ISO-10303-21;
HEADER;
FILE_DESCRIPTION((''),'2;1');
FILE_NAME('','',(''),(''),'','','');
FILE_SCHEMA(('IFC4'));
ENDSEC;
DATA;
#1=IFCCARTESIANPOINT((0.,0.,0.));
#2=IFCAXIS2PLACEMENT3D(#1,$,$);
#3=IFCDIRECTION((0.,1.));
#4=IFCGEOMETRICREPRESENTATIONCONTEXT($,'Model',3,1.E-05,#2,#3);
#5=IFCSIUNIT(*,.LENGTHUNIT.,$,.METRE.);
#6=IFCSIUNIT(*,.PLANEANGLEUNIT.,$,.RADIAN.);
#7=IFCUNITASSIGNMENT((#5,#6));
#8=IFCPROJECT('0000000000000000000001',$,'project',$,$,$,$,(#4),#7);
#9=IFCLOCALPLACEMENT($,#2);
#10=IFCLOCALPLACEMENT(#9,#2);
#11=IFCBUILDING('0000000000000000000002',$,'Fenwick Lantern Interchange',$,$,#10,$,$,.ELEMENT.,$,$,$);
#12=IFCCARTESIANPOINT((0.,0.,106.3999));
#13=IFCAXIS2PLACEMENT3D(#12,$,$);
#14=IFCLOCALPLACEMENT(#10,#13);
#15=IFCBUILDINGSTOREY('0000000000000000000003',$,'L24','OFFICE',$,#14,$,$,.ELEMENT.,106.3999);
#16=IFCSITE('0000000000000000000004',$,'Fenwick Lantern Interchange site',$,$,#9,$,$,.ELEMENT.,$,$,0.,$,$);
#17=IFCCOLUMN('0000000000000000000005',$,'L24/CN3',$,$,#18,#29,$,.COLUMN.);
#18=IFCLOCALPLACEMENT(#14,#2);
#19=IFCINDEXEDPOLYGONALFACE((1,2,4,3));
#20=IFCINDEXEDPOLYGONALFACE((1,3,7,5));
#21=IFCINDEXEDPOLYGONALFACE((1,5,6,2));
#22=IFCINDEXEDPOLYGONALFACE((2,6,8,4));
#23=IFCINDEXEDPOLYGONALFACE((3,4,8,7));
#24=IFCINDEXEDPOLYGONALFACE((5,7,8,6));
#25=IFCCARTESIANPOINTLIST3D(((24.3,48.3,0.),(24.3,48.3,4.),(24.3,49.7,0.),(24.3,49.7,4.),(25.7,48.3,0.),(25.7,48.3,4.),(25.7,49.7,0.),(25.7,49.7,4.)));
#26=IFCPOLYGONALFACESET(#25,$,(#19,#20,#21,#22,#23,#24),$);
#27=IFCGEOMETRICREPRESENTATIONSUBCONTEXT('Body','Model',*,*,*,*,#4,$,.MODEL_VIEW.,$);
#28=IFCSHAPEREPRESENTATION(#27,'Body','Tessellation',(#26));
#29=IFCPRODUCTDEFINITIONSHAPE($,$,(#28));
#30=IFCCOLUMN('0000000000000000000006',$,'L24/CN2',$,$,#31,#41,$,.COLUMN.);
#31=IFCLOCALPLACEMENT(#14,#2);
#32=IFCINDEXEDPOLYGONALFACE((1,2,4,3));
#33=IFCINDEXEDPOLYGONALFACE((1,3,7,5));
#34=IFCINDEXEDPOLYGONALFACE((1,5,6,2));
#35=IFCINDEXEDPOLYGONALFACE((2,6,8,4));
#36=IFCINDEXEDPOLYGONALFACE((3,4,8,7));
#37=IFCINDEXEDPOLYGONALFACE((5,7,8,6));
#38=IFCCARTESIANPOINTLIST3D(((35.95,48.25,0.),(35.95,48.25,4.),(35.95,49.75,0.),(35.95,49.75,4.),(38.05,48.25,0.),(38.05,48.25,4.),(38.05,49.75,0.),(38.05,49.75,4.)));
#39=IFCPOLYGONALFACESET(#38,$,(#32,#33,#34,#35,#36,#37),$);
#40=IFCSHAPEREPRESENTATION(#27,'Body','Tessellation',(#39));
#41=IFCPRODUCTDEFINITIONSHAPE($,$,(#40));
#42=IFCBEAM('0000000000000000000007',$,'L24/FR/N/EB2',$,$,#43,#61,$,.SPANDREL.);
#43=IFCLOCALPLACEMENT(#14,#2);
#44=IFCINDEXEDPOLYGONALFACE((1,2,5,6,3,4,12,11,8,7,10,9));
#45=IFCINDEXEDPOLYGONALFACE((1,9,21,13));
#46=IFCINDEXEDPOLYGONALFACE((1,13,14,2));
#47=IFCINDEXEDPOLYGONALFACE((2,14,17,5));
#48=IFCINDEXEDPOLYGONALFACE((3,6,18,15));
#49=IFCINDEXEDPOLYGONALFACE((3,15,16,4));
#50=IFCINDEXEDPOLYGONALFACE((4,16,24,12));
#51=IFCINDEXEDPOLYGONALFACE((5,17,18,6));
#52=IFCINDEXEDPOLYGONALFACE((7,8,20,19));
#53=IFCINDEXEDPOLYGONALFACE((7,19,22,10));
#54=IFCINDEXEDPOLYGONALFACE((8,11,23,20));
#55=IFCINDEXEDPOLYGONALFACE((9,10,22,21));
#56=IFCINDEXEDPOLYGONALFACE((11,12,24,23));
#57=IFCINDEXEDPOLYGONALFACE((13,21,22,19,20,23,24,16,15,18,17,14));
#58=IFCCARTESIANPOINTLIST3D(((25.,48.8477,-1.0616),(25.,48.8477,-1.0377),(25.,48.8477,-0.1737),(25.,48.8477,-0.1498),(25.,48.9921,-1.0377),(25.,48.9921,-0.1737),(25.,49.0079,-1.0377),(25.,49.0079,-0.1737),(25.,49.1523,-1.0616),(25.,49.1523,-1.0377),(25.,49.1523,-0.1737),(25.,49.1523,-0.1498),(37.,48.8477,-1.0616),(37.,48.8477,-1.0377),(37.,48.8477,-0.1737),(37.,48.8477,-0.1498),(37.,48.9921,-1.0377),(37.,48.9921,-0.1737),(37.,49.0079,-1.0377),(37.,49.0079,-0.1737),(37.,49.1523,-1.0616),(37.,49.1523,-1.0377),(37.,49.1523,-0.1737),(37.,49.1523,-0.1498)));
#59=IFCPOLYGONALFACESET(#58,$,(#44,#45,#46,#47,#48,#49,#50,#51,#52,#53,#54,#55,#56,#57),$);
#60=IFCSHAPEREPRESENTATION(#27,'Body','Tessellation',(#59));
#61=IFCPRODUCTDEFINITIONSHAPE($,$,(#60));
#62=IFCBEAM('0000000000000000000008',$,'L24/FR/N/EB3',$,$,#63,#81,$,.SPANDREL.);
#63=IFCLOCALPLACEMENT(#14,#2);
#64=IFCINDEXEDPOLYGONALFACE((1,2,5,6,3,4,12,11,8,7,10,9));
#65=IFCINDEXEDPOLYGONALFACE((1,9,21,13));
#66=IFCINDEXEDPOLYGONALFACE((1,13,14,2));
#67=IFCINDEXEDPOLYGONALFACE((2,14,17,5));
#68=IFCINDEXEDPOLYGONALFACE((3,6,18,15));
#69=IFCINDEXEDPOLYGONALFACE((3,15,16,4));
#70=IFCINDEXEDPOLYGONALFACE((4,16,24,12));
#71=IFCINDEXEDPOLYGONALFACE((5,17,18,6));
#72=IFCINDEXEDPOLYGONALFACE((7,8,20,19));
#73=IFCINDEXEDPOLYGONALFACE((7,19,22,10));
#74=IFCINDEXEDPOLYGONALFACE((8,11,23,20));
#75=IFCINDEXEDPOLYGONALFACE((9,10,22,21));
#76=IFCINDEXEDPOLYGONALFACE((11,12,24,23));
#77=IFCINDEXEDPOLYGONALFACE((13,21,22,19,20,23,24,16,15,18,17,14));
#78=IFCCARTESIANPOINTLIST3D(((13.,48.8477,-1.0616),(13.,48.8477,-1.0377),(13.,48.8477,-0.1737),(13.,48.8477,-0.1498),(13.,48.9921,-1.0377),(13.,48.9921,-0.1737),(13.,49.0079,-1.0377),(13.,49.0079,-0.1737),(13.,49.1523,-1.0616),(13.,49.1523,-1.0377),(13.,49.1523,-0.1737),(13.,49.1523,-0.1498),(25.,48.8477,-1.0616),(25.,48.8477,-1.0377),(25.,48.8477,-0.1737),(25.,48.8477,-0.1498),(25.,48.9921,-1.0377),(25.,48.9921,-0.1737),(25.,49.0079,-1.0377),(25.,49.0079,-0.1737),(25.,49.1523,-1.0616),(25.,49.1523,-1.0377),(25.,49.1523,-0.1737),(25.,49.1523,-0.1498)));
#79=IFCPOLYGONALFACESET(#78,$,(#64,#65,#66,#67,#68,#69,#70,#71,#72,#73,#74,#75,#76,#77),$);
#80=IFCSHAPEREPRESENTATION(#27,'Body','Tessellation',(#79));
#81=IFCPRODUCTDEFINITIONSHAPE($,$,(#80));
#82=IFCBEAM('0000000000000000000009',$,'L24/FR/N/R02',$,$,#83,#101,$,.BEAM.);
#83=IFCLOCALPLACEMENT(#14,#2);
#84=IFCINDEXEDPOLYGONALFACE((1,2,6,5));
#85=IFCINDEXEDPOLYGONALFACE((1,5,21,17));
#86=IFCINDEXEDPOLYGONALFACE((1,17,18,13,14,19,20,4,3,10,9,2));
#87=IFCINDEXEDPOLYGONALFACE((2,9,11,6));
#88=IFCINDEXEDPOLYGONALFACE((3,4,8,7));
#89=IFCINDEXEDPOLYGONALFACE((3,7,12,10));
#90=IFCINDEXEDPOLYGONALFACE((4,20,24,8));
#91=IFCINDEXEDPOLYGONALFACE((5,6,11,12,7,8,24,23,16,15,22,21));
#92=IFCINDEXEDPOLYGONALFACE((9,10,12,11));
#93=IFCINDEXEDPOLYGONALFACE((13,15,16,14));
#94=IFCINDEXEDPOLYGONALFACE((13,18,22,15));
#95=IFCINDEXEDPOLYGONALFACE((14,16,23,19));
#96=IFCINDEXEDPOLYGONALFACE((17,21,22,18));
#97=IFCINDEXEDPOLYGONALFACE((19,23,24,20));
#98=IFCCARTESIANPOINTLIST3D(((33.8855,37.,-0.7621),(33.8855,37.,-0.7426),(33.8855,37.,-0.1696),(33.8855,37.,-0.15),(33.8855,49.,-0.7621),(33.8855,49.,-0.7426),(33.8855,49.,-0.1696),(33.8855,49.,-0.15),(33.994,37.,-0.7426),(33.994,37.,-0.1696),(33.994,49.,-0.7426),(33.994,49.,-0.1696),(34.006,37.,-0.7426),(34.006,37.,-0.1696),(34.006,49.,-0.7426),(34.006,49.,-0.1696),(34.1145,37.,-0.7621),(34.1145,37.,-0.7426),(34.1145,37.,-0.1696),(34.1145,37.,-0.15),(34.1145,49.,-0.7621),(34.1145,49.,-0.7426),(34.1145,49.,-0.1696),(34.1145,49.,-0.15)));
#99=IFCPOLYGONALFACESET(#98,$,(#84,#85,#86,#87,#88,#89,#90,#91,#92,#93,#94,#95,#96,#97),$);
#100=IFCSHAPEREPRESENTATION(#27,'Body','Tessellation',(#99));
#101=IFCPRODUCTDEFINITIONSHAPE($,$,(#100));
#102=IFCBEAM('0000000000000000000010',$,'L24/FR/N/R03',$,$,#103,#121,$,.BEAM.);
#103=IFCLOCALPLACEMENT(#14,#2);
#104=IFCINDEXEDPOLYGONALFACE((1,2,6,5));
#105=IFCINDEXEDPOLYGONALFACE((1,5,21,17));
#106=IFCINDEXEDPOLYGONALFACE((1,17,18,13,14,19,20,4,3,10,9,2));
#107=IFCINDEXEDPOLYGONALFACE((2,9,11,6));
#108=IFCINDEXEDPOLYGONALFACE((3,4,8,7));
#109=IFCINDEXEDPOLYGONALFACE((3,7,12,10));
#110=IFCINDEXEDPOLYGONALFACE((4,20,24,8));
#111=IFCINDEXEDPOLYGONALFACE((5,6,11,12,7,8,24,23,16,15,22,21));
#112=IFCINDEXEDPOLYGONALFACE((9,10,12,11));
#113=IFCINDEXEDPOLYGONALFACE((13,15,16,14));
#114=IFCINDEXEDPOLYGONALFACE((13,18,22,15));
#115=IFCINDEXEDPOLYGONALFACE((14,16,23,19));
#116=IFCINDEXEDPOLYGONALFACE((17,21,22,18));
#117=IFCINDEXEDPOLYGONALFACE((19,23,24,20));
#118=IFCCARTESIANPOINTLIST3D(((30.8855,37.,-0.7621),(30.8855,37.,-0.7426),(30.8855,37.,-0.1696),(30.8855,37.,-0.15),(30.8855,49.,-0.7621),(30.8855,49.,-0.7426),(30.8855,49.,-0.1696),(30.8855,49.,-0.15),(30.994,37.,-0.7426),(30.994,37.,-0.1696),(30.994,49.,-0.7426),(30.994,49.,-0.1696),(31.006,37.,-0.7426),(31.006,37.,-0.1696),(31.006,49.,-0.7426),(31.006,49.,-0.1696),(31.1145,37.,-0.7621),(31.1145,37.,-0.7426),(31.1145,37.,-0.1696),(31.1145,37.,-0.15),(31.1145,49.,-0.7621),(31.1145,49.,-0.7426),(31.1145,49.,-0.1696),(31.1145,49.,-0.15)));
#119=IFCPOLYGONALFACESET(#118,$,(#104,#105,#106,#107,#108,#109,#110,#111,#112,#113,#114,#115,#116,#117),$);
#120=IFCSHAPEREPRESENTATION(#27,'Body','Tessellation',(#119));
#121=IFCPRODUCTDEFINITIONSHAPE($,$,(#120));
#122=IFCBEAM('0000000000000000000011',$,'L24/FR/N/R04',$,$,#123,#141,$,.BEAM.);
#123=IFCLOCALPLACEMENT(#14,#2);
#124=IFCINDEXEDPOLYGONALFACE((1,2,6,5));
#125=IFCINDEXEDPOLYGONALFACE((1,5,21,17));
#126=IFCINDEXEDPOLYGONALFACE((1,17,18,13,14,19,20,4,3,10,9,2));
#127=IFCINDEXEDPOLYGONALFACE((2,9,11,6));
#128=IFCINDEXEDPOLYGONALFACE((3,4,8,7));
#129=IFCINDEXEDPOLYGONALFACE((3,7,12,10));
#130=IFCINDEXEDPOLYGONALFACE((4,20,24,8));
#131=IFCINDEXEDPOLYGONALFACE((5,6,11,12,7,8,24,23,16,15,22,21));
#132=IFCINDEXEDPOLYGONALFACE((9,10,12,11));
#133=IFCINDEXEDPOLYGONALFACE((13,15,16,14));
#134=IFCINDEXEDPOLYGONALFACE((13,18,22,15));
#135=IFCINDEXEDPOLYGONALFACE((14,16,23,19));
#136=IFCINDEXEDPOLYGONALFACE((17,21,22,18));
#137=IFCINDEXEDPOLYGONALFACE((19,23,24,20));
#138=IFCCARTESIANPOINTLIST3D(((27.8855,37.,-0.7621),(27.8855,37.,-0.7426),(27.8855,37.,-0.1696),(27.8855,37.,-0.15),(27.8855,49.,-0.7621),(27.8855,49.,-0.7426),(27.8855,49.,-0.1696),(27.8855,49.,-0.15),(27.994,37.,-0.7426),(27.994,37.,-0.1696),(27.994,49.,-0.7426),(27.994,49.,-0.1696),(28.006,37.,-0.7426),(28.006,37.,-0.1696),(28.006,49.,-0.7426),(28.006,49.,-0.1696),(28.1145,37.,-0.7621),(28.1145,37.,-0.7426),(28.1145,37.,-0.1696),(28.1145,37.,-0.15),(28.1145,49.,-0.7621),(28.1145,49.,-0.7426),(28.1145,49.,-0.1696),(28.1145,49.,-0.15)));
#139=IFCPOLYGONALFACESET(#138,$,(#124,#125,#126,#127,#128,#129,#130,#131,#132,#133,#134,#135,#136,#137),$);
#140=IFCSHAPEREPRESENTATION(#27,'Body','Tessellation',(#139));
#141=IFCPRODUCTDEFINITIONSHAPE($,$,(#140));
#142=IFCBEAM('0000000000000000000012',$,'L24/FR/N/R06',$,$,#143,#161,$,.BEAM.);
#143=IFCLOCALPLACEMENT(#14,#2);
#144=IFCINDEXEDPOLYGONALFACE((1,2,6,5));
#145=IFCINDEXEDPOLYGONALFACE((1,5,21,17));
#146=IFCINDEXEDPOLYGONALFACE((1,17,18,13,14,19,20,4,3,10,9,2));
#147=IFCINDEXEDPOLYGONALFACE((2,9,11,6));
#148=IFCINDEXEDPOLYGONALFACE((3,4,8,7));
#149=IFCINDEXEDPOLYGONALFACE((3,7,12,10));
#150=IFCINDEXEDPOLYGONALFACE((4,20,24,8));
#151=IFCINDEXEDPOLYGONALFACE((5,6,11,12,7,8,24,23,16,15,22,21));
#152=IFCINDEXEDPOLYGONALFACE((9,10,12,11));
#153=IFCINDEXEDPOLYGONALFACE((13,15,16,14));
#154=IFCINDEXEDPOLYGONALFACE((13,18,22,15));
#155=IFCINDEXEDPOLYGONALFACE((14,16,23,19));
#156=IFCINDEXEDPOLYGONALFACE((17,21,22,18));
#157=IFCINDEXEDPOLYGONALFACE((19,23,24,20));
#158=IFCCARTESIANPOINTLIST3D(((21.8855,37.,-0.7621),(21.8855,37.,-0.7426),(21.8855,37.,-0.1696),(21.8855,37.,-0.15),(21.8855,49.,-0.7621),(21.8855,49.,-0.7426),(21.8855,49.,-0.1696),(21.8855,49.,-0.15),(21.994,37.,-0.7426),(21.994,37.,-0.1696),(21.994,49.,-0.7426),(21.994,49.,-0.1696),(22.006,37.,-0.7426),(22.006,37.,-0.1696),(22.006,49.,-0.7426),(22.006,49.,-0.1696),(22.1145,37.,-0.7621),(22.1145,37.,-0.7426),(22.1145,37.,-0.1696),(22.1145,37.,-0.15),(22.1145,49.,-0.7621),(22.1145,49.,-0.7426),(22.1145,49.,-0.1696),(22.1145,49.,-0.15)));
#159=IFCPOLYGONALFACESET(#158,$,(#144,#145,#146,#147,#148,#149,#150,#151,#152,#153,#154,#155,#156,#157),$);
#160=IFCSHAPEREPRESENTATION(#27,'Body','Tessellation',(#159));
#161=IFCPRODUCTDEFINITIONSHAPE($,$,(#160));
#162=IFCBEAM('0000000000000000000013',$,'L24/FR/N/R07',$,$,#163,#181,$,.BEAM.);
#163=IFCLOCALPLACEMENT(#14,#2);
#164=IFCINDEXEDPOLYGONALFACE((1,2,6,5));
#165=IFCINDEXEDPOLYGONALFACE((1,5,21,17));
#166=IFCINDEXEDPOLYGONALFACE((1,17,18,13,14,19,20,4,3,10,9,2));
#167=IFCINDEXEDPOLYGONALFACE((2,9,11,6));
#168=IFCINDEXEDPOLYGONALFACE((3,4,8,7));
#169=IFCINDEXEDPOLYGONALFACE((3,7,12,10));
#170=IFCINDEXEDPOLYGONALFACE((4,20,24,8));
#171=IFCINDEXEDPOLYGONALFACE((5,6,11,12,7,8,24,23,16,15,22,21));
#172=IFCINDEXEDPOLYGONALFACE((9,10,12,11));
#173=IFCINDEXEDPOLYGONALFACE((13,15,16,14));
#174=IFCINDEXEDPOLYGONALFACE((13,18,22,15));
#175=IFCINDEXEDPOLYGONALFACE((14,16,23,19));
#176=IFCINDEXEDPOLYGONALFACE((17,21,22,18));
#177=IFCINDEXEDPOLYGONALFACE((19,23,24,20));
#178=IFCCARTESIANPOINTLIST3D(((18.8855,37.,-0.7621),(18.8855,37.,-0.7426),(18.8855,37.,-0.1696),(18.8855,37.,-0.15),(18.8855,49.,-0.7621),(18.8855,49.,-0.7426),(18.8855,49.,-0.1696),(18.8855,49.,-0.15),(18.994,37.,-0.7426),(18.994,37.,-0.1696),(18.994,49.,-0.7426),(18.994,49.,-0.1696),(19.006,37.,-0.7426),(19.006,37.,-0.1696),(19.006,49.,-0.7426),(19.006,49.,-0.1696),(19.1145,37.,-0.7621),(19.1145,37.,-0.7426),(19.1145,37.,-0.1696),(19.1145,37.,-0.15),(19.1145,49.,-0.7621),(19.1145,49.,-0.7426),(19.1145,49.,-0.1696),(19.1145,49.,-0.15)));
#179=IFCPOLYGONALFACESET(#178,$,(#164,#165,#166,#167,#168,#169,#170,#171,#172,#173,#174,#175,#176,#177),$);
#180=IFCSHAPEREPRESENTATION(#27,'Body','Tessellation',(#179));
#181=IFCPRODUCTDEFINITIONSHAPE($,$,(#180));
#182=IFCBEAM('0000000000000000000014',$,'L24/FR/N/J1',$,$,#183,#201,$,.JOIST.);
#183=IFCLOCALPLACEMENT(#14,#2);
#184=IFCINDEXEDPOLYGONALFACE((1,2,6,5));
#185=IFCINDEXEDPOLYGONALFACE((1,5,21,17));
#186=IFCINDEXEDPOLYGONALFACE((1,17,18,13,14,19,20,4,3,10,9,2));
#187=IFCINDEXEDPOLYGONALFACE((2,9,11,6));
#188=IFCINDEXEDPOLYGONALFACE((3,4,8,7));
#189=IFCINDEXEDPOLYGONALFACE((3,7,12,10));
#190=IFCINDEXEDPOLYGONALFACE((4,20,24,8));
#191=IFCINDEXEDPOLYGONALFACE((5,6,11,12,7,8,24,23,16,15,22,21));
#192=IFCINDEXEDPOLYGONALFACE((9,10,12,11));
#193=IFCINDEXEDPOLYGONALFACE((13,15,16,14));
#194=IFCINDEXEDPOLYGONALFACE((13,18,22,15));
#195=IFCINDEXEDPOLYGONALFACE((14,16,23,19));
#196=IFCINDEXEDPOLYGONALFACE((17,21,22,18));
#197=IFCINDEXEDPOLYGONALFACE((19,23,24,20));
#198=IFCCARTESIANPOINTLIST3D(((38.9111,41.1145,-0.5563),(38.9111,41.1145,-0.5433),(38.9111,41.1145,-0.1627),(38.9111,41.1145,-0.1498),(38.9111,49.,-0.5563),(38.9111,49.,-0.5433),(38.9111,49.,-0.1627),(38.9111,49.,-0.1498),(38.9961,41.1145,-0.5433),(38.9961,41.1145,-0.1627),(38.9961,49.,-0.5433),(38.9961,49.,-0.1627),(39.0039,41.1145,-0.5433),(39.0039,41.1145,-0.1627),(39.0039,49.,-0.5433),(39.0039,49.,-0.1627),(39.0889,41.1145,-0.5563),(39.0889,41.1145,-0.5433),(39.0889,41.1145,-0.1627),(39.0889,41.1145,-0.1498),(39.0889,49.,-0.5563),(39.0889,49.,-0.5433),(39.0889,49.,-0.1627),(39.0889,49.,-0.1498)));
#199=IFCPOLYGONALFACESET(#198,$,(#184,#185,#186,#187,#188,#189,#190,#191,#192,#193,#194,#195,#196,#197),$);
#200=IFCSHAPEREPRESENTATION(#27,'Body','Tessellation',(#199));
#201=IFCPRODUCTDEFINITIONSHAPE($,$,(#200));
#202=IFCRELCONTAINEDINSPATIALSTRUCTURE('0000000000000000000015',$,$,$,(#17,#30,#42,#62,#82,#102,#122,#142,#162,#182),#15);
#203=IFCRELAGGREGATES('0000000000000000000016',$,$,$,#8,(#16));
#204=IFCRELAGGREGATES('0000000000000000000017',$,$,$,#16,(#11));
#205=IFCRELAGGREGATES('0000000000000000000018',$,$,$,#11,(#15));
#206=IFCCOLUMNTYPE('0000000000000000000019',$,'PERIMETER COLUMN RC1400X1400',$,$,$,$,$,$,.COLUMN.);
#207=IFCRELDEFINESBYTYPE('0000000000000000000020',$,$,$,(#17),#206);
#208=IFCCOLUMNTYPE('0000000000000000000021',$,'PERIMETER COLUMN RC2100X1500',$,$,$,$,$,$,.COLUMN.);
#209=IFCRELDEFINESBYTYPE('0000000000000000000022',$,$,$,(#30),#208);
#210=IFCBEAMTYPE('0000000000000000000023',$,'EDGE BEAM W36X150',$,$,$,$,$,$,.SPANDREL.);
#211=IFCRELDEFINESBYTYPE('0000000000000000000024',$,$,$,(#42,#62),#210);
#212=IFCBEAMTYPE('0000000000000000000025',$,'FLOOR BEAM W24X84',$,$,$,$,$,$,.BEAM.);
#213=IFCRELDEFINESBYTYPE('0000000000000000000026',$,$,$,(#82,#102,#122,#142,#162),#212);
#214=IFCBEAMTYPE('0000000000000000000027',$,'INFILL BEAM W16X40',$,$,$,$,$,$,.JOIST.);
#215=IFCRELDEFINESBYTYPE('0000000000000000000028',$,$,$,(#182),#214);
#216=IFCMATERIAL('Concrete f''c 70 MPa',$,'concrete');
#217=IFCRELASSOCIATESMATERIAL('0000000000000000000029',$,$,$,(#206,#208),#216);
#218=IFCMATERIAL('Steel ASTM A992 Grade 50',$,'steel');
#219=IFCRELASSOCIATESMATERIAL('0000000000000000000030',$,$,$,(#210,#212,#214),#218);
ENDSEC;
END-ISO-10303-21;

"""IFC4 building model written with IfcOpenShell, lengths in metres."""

from ifc_helpers import new_model, si_unit, direction, frame, origin, origin_2d, place, context, subcontext, project, spatial, rectangle, i_section, extrude, material, material_profile, profile_set, type_object, element, save


model = new_model("IFC4")

# Units and contexts
model_context = context("Model", 3, precision=1e-05, world=origin(), true_north=direction((0.0, 1.0)))
body_context = subcontext(model_context, "Body", "Model", "MODEL_VIEW")
ifc_project = project(units=[si_unit("LENGTHUNIT", "METRE"), si_unit("PLANEANGLEUNIT", "RADIAN")], contexts=[model_context])

# Site, building, storey
site_placement = place(None, origin())
site = spatial("IfcSite", under=ifc_project, at=site_placement, Name="Fenwick Lantern Interchange site", CompositionType="ELEMENT", RefElevation=0.0)
building_placement = place(site_placement, origin())
building = spatial("IfcBuilding", under=site, at=building_placement, Name="Fenwick Lantern Interchange", CompositionType="ELEMENT")
storey_placement = place(building_placement, frame((0.0, 0.0, 106.3999)))
storey = spatial("IfcBuildingStorey", under=building, at=storey_placement, Name="L24", Description="OFFICE", CompositionType="ELEMENT", Elevation=106.3999)

# Columns
ifc_material_1 = material(Name="Concrete f'c 70 MPa", Category="concrete")
ifc_material_profile_1 = material_profile(ifc_material_1, rectangle(XDim=1.3999, YDim=1.3999, at=origin_2d()), Name="RC1400X1400")
ifc_profile_set_1 = profile_set([ifc_material_profile_1], Name="Concrete f'c 70 MPa")
column_type_1 = type_object("IfcColumnType", Name="PERIMETER COLUMN RC1400X1400", PredefinedType="COLUMN", material=ifc_profile_set_1)
column_1_placement = place(storey_placement, frame((25.0, 49.0, 0.0), z_axis=(0.0, 0.0, 1.0), x_axis=(1.0, 0.0, 0.0)))
element("IfcColumn", 1, at=column_1_placement, inside=storey, type_object=column_type_1, Name="L24/CN3", PredefinedType="COLUMN", context=body_context, shape_type="SweptSolid", body=[
    extrude(rectangle(XDim=1.3999, YDim=1.3999, at=origin_2d()), origin(), (0.0, 0.0, 1.0), 4.0),
])
ifc_material_profile_2 = material_profile(ifc_material_1, rectangle(XDim=2.1001, YDim=1.5, at=origin_2d()), Name="RC2100X1500")
ifc_profile_set_2 = profile_set([ifc_material_profile_2], Name="Concrete f'c 70 MPa")
column_type_2 = type_object("IfcColumnType", Name="PERIMETER COLUMN RC2100X1500", PredefinedType="COLUMN", material=ifc_profile_set_2)
column_2_placement = place(storey_placement, frame((37.0, 49.0, 0.0), z_axis=(0.0, 0.0, 1.0), x_axis=(1.0, 0.0, 0.0)))
element("IfcColumn", 2, at=column_2_placement, inside=storey, type_object=column_type_2, Name="L24/CN2", PredefinedType="COLUMN", context=body_context, shape_type="SweptSolid", body=[
    extrude(rectangle(XDim=2.1001, YDim=1.5, at=origin_2d()), origin(), (0.0, 0.0, 1.0), 4.0),
])

# Beams
ifc_material_2 = material(Name="Steel ASTM A992 Grade 50", Category="steel")
ifc_material_profile_3 = material_profile(ifc_material_2, i_section(OverallWidth=0.3047, OverallDepth=0.9119, WebThickness=0.0159, FlangeThickness=0.0239, at=origin_2d()), Name="W36X150")
ifc_profile_set_3 = profile_set([ifc_material_profile_3], Name="Steel ASTM A992 Grade 50")
beam_type_1 = type_object("IfcBeamType", Name="EDGE BEAM W36X150", PredefinedType="SPANDREL", material=ifc_profile_set_3)
for number, where, z_axis, x_axis, name in (
    (3, (37.0, 49.0, -0.6057), (-1.0, 0.0, 0.0), (0.0, -1.0, 0.0), "L24/FR/N/EB2"),
    (4, (25.0, 49.0, -0.6057), (-1.0, 0.0, 0.0), (0.0, -1.0, 0.0), "L24/FR/N/EB3"),
):
    element("IfcBeam", number, at=place(storey_placement, frame(where, z_axis=z_axis, x_axis=x_axis)), inside=storey, type_object=beam_type_1, Name=name, PredefinedType="SPANDREL", context=body_context, shape_type="SweptSolid", body=[
        extrude(i_section(OverallWidth=0.3047, OverallDepth=0.9119, WebThickness=0.0159, FlangeThickness=0.0239, at=origin_2d()), origin(), (0.0, 0.0, 1.0), 12.0),
    ])
ifc_material_profile_4 = material_profile(ifc_material_2, i_section(OverallWidth=0.229, OverallDepth=0.6121, WebThickness=0.012, FlangeThickness=0.0195, at=origin_2d()), Name="W24X84")
ifc_profile_set_4 = profile_set([ifc_material_profile_4], Name="Steel ASTM A992 Grade 50")
beam_type_2 = type_object("IfcBeamType", Name="FLOOR BEAM W24X84", PredefinedType="BEAM", material=ifc_profile_set_4)
for number, where, z_axis, x_axis, name in (
    (5, (34.0, 49.0, -0.4561), (0.0, -1.0, 0.0), (1.0, 0.0, 0.0), "L24/FR/N/R02"),
    (6, (31.0, 49.0, -0.4561), (0.0, -1.0, 0.0), (1.0, 0.0, 0.0), "L24/FR/N/R03"),
    (7, (28.0, 49.0, -0.4561), (0.0, -1.0, 0.0), (1.0, 0.0, 0.0), "L24/FR/N/R04"),
    (8, (22.0, 49.0, -0.4561), (0.0, -1.0, 0.0), (1.0, 0.0, 0.0), "L24/FR/N/R06"),
    (9, (19.0, 49.0, -0.4561), (0.0, -1.0, 0.0), (1.0, 0.0, 0.0), "L24/FR/N/R07"),
):
    element("IfcBeam", number, at=place(storey_placement, frame(where, z_axis=z_axis, x_axis=x_axis)), inside=storey, type_object=beam_type_2, Name=name, PredefinedType="BEAM", context=body_context, shape_type="SweptSolid", body=[
        extrude(i_section(OverallWidth=0.229, OverallDepth=0.6121, WebThickness=0.012, FlangeThickness=0.0195, at=origin_2d()), origin(), (0.0, 0.0, 1.0), 12.0),
    ])
ifc_material_profile_5 = material_profile(ifc_material_2, i_section(OverallWidth=0.1777, OverallDepth=0.4065, WebThickness=0.0078, FlangeThickness=0.0129, at=origin_2d()), Name="W16X40")
ifc_profile_set_5 = profile_set([ifc_material_profile_5], Name="Steel ASTM A992 Grade 50")
beam_type_3 = type_object("IfcBeamType", Name="INFILL BEAM W16X40", PredefinedType="JOIST", material=ifc_profile_set_5)
beam_1_placement = place(storey_placement, frame((39.0, 49.0, -0.353), z_axis=(0.0, -1.0, 0.0), x_axis=(1.0, 0.0, 0.0)))
element("IfcBeam", 10, at=beam_1_placement, inside=storey, type_object=beam_type_3, Name="L24/FR/N/J1", PredefinedType="JOIST", context=body_context, shape_type="SweptSolid", body=[
    extrude(i_section(OverallWidth=0.1777, OverallDepth=0.4065, WebThickness=0.0078, FlangeThickness=0.0129, at=origin_2d()), origin(), (0.0, 0.0, 1.0), 7.8855),
])

save(model, "model.ifc")
